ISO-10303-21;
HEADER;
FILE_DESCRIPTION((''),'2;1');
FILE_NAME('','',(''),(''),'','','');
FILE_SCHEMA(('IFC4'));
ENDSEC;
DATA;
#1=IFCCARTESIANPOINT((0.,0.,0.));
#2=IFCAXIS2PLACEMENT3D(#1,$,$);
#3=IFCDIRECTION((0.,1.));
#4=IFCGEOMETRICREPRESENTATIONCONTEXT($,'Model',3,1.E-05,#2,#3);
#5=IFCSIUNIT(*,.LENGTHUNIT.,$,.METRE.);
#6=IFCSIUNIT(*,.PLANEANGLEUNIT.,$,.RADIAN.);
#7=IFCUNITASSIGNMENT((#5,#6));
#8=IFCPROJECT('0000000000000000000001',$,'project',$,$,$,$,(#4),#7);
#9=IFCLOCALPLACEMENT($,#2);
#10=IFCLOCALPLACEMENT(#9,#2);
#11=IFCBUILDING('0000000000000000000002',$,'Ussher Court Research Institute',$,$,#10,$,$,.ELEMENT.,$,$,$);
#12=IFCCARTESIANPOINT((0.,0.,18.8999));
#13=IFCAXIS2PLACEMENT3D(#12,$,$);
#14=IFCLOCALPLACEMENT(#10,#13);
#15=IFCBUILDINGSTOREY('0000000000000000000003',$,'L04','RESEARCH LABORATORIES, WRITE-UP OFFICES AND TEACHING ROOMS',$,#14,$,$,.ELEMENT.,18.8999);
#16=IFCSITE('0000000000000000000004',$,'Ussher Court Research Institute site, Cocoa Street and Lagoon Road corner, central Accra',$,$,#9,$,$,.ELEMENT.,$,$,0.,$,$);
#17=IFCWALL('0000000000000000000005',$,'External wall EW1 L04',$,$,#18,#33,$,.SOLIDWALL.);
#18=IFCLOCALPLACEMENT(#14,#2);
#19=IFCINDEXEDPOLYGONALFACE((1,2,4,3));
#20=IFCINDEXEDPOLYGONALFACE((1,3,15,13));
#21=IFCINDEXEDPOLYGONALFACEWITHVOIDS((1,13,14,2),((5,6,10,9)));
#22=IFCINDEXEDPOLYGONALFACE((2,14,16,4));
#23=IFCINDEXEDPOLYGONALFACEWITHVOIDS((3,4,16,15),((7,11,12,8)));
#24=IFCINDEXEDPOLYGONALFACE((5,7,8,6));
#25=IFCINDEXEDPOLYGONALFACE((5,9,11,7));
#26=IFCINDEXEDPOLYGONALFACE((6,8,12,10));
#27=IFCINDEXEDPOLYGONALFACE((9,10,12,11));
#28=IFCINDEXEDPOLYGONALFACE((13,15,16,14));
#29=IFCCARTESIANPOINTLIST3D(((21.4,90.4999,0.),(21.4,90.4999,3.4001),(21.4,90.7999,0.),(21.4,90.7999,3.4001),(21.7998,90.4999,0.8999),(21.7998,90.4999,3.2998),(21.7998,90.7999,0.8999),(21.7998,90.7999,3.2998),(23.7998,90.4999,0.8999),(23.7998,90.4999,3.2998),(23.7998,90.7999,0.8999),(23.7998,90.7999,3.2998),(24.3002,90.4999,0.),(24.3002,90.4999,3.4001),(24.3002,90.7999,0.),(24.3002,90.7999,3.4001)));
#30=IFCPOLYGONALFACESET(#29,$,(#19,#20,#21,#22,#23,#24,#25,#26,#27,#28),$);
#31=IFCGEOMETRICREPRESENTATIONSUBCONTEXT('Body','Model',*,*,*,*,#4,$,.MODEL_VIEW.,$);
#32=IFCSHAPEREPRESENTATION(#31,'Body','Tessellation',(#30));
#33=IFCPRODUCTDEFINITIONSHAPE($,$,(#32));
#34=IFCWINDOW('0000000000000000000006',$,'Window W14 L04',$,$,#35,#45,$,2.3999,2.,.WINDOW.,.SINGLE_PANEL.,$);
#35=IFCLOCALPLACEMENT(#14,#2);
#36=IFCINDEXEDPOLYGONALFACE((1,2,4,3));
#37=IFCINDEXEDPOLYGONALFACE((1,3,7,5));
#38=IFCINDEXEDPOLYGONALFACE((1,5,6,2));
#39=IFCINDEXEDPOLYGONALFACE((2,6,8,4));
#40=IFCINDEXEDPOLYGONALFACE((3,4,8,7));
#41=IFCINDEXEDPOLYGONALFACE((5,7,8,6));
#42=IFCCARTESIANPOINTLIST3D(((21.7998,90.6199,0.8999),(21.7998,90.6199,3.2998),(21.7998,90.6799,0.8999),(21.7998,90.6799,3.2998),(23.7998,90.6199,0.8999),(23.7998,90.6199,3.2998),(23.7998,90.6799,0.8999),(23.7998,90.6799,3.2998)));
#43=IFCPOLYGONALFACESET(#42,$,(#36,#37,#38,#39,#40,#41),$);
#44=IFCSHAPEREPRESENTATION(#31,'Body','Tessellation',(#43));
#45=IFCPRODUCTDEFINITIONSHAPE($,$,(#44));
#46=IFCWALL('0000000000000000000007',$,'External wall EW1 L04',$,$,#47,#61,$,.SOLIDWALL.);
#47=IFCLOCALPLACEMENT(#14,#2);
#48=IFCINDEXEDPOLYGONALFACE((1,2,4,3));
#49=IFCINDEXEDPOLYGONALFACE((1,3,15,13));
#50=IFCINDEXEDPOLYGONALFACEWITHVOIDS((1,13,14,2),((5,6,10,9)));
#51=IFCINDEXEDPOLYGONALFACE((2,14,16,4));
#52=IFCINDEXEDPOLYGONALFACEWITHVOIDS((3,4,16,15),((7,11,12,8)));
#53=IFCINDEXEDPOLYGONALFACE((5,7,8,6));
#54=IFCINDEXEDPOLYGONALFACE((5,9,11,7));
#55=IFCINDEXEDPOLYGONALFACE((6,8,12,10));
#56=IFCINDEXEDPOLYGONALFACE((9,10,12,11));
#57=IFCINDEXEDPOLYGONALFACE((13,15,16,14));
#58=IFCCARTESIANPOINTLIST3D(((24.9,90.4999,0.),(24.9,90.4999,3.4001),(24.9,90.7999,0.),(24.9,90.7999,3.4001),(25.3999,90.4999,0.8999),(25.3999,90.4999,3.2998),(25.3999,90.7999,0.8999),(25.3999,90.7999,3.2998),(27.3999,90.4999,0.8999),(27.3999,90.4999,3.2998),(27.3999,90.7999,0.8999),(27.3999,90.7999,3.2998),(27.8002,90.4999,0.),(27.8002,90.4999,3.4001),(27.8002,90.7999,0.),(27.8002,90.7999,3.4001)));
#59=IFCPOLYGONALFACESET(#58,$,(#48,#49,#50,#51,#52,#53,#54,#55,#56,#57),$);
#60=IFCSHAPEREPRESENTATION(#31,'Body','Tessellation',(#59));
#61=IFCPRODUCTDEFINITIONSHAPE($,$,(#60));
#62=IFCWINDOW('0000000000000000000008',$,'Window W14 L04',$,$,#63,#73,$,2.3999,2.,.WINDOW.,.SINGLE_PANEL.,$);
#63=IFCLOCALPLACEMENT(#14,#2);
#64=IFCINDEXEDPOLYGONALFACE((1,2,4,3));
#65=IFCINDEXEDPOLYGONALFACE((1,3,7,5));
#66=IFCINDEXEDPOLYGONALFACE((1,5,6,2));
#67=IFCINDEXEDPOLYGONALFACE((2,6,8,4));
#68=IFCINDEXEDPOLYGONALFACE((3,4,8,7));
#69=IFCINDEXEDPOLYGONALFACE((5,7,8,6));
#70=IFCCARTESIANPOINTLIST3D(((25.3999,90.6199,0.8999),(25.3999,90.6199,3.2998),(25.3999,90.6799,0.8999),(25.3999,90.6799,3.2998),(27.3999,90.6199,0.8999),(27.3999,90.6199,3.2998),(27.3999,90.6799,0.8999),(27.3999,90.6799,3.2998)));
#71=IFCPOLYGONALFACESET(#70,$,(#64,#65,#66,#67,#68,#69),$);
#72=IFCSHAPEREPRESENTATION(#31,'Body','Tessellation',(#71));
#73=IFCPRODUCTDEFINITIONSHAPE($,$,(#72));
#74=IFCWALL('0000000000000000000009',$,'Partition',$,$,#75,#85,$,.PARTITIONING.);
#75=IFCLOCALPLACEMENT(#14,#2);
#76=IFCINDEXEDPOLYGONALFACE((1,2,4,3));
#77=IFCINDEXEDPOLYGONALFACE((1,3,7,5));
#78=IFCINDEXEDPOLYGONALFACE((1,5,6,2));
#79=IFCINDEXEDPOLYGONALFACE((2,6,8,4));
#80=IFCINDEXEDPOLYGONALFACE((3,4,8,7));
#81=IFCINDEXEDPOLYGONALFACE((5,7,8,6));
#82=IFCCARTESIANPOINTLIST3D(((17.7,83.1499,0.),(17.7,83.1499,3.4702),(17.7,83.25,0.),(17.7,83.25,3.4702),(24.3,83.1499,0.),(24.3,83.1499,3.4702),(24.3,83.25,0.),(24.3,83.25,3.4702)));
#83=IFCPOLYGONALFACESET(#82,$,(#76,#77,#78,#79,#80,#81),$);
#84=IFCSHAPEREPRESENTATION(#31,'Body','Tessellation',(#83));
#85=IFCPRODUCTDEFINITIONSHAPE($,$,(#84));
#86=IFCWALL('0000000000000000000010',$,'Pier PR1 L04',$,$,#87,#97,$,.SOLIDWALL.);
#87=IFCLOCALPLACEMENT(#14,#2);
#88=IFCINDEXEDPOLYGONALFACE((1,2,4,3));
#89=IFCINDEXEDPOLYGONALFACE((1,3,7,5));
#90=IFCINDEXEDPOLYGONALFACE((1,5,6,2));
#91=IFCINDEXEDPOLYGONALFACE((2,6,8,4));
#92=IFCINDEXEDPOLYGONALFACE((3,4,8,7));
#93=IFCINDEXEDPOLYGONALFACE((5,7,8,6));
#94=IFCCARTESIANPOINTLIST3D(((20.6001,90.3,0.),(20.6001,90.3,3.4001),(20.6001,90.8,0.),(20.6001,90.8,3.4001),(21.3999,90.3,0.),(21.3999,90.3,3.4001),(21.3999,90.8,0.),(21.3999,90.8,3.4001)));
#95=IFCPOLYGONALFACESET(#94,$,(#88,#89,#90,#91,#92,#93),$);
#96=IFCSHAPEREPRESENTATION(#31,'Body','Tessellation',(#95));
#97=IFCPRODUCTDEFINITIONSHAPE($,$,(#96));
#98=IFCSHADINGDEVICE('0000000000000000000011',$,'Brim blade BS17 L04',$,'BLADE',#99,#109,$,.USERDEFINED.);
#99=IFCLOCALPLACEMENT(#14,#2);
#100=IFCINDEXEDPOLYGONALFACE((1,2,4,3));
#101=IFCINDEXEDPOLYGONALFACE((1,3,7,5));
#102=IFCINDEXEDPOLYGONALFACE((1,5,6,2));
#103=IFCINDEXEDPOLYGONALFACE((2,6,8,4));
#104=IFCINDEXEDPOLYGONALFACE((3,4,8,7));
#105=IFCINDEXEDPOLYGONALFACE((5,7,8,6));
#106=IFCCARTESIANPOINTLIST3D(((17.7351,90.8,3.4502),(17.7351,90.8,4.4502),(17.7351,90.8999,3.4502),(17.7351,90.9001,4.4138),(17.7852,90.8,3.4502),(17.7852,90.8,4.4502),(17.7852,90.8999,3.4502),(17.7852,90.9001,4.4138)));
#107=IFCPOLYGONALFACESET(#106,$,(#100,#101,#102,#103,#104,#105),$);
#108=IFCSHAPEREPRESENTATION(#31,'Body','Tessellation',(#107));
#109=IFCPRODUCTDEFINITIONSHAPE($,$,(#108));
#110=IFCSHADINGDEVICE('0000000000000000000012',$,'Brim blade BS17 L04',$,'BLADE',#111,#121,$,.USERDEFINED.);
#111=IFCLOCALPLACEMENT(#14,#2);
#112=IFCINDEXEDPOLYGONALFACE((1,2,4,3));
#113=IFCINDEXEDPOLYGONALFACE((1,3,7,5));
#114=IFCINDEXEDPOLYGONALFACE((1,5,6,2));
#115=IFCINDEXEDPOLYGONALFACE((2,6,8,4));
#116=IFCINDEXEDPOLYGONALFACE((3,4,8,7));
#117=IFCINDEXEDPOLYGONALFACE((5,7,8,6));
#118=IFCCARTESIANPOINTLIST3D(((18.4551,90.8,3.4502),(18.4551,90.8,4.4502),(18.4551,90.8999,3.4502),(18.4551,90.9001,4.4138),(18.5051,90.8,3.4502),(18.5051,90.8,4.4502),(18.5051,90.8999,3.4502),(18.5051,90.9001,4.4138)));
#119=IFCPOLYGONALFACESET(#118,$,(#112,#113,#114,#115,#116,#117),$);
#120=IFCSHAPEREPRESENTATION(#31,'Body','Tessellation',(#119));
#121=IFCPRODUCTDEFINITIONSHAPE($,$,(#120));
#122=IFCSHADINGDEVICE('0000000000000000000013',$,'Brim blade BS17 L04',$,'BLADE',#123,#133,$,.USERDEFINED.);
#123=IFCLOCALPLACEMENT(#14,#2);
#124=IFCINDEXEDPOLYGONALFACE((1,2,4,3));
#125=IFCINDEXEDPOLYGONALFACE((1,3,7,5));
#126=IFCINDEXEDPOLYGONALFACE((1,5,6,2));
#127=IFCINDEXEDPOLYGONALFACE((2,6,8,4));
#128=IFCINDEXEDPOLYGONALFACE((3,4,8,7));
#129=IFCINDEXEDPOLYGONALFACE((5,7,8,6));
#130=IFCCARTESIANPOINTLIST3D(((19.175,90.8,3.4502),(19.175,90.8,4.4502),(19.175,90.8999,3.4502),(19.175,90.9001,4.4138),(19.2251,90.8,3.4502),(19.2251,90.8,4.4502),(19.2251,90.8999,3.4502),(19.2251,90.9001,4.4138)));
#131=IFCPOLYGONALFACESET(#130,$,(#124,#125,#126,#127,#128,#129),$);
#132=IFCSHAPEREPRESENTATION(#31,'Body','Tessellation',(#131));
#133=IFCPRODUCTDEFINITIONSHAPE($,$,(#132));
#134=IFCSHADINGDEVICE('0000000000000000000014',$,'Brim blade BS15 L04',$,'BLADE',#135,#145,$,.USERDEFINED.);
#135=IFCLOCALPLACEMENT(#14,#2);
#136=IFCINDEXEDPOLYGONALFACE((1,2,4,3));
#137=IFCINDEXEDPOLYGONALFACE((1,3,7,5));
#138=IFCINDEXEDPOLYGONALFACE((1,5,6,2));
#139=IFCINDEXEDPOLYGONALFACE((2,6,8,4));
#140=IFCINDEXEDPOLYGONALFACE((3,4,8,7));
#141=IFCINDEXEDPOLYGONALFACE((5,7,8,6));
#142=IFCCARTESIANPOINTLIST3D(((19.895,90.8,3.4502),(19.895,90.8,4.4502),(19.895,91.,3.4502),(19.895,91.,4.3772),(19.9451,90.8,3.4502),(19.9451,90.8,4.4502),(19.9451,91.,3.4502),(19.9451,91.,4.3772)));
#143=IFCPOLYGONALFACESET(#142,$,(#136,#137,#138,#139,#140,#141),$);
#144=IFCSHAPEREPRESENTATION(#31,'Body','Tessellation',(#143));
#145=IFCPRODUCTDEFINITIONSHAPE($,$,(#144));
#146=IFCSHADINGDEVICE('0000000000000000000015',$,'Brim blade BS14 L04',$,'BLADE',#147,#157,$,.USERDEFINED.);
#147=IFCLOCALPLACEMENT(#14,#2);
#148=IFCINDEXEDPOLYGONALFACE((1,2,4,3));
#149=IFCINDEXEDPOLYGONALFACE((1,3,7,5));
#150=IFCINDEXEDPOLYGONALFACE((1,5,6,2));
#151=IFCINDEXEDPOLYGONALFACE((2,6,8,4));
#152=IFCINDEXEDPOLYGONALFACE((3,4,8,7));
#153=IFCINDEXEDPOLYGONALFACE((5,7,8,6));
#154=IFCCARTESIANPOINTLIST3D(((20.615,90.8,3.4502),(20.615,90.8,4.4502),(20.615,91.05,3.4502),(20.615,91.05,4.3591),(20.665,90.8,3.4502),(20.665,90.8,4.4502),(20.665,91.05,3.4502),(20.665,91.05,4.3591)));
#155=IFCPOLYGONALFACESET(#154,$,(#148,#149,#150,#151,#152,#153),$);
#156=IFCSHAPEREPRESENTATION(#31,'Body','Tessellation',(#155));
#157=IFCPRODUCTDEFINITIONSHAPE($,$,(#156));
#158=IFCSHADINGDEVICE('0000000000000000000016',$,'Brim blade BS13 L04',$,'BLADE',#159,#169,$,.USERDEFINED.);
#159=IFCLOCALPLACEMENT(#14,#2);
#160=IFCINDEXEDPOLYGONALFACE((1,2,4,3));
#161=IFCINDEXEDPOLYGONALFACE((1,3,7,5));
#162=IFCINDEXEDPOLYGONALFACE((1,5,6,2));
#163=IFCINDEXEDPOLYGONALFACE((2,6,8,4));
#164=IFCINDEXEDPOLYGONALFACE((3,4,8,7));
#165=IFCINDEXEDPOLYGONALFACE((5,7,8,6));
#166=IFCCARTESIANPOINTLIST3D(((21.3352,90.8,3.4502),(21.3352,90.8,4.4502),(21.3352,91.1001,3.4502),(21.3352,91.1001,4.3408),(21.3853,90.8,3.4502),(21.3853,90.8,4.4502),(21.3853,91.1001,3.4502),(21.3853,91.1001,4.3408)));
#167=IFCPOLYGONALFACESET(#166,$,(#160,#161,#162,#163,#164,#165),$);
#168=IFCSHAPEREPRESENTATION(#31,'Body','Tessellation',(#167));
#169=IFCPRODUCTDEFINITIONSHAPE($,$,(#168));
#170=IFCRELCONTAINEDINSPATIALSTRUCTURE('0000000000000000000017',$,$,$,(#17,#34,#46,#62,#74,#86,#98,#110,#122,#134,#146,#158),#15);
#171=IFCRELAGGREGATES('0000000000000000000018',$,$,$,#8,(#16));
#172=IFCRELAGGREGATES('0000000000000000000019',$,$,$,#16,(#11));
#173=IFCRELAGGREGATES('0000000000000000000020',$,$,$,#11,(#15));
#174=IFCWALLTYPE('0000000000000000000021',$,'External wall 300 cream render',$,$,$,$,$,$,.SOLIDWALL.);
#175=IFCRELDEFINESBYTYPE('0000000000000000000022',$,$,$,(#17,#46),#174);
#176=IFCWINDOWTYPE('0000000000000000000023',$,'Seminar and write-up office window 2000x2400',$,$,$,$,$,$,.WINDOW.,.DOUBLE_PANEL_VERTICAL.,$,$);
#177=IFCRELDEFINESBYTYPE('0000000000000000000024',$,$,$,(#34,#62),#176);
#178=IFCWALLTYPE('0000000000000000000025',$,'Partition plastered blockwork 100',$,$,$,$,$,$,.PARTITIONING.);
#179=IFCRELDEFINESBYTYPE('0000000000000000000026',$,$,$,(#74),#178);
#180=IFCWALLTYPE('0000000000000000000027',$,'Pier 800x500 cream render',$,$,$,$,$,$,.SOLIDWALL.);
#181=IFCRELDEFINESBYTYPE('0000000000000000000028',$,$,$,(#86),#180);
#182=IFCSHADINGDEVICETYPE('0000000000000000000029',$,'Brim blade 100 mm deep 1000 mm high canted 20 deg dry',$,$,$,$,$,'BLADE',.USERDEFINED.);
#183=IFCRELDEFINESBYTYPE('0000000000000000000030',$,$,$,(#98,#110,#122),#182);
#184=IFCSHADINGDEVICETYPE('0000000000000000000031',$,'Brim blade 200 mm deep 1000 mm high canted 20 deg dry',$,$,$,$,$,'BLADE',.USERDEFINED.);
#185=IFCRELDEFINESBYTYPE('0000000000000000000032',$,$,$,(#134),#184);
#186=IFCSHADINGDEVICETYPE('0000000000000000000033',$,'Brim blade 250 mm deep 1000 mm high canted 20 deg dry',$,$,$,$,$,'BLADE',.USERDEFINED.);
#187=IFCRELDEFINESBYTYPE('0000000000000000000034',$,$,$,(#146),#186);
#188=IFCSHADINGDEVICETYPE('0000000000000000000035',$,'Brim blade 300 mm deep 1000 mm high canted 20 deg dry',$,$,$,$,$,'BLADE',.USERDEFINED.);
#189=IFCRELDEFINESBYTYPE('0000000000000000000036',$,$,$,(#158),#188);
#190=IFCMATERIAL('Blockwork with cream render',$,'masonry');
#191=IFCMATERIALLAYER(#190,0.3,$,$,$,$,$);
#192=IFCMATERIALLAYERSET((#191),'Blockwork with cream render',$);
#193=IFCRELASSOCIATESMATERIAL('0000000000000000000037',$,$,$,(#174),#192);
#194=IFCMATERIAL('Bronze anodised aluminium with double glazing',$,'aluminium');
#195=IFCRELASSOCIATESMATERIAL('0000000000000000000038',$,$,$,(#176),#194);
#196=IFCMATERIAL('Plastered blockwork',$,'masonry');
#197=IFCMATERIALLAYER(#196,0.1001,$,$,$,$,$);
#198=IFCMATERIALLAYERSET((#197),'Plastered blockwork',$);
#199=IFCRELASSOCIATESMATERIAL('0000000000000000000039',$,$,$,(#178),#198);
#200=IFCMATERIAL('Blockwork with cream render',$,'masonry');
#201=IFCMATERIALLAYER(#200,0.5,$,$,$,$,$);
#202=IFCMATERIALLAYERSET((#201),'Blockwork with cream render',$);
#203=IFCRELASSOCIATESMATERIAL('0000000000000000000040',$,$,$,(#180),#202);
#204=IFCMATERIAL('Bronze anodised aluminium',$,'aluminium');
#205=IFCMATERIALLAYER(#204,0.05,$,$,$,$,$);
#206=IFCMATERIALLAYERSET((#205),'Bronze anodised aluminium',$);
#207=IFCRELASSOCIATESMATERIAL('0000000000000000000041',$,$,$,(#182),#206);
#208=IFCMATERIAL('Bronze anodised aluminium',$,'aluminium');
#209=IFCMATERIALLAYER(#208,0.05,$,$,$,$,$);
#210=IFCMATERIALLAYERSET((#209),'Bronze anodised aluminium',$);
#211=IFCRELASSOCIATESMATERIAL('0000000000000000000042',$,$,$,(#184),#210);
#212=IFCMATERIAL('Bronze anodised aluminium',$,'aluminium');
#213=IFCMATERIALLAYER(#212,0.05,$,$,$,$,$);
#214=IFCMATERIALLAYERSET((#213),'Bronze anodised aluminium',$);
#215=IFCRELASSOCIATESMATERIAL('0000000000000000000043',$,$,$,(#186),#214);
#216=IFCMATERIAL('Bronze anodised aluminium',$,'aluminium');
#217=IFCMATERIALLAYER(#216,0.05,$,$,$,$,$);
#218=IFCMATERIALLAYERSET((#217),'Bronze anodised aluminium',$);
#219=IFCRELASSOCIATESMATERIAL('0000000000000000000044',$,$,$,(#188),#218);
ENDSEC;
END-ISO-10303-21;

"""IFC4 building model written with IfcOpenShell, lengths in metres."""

from ifc_helpers import new_model, si_unit, direction, frame, frame_2d, origin, place, context, subcontext, project, spatial, polyline, rectangle, outline, extrude, material, layer, layer_set, type_object, element, fill, save


model = new_model("IFC4")

# Units and contexts
model_context = context("Model", 3, precision=1e-05, world=origin(), true_north=direction((0.0, 1.0)))
body_context = subcontext(model_context, "Body", "Model", "MODEL_VIEW")
ifc_project = project(units=[si_unit("LENGTHUNIT", "METRE"), si_unit("PLANEANGLEUNIT", "RADIAN")], contexts=[model_context])

# Site, building, storey
site_placement = place(None, origin())
site = spatial("IfcSite", under=ifc_project, at=site_placement, Name="Ussher Court Research Institute site, Cocoa Street and Lagoon Road corner, central Accra", CompositionType="ELEMENT", RefElevation=0.0)
building_placement = place(site_placement, origin())
building = spatial("IfcBuilding", under=site, at=building_placement, Name="Ussher Court Research Institute", CompositionType="ELEMENT")
storey_placement = place(building_placement, frame((0.0, 0.0, 18.8999)))
storey = spatial("IfcBuildingStorey", under=building, at=storey_placement, Name="L04", Description="RESEARCH LABORATORIES, WRITE-UP OFFICES AND TEACHING ROOMS", CompositionType="ELEMENT", Elevation=18.8999)

# Walls, openings, windows
ifc_material_1 = material(Name="Blockwork with cream render", Category="masonry")
ifc_layer_1 = layer(ifc_material_1, 0.3)
ifc_layer_set_1 = layer_set([ifc_layer_1], Name="Blockwork with cream render")
wall_type_1 = type_object("IfcWallType", Name="External wall 300 cream render", PredefinedType="SOLIDWALL", material=ifc_layer_set_1)
ifc_material_2 = material(Name="Bronze anodised aluminium with double glazing", Category="aluminium")
window_type = type_object("IfcWindowType", Name="Seminar and write-up office window 2000x2400", PartitioningType="DOUBLE_PANEL_VERTICAL", PredefinedType="WINDOW", material=ifc_material_2)
wall_1_placement = place(storey_placement, frame((21.3999, 90.6499, 0.0), z_axis=(0.0, 0.0, 1.0), x_axis=(1.0, 0.0, 0.0)))
wall_1 = element("IfcWall", 1, at=wall_1_placement, inside=storey, type_object=wall_type_1, Name="External wall EW1 L04", PredefinedType="SOLIDWALL", context=body_context, shape_type="SweptSolid", body=[
    extrude(rectangle(XDim=2.9001, YDim=0.3, at=frame_2d((1.4502, 0.0))), origin(), (0.0, 0.0, 1.0), 3.4001),
])
opening_1_placement = place(wall_1_placement, frame((0.3999, 0.0, 0.8999)))
opening_1 = element("IfcOpeningElement", 2, at=opening_1_placement, cuts=wall_1, PredefinedType="OPENING", context=body_context, shape_type="SweptSolid", body=[
    extrude(rectangle(XDim=2.0, YDim=2.3999, at=frame_2d((1.0, 1.2))), frame((0.0, 0.1602, 0.0), z_axis=(0.0, -1.0, 0.0), x_axis=(1.0, 0.0, 0.0)), (0.0, 0.0, 1.0), 0.3201),
])
window_1_placement = place(opening_1_placement, origin())
window_1 = element("IfcWindow", 3, at=window_1_placement, inside=storey, type_object=window_type, Name="Window W14 L04", OverallHeight=2.3999, OverallWidth=2.0, PartitioningType="SINGLE_PANEL", PredefinedType="WINDOW", context=body_context, shape_type="SweptSolid", body=[
    extrude(rectangle(XDim=2.0, YDim=2.3999, at=frame_2d((1.0, 1.2))), frame((0.0, 0.03, 0.0), z_axis=(0.0, -1.0, 0.0), x_axis=(1.0, 0.0, 0.0)), (0.0, 0.0, 1.0), 0.0601),
])
fill(opening_1, window_1)
wall_2_placement = place(storey_placement, frame((24.8999, 90.6499, 0.0), z_axis=(0.0, 0.0, 1.0), x_axis=(1.0, 0.0, 0.0)))
wall_2 = element("IfcWall", 4, at=wall_2_placement, inside=storey, type_object=wall_type_1, Name="External wall EW1 L04", PredefinedType="SOLIDWALL", context=body_context, shape_type="SweptSolid", body=[
    extrude(rectangle(XDim=2.9001, YDim=0.3, at=frame_2d((1.4502, 0.0))), origin(), (0.0, 0.0, 1.0), 3.4001),
])
opening_2_placement = place(wall_2_placement, frame((0.5, 0.0, 0.8999)))
opening_2 = element("IfcOpeningElement", 5, at=opening_2_placement, cuts=wall_2, PredefinedType="OPENING", context=body_context, shape_type="SweptSolid", body=[
    extrude(rectangle(XDim=2.0, YDim=2.3999, at=frame_2d((1.0, 1.2))), frame((0.0, 0.1602, 0.0), z_axis=(0.0, -1.0, 0.0), x_axis=(1.0, 0.0, 0.0)), (0.0, 0.0, 1.0), 0.3201),
])
window_2_placement = place(opening_2_placement, origin())
window_2 = element("IfcWindow", 6, at=window_2_placement, inside=storey, type_object=window_type, Name="Window W14 L04", OverallHeight=2.3999, OverallWidth=2.0, PartitioningType="SINGLE_PANEL", PredefinedType="WINDOW", context=body_context, shape_type="SweptSolid", body=[
    extrude(rectangle(XDim=2.0, YDim=2.3999, at=frame_2d((1.0, 1.2))), frame((0.0, 0.03, 0.0), z_axis=(0.0, -1.0, 0.0), x_axis=(1.0, 0.0, 0.0)), (0.0, 0.0, 1.0), 0.0601),
])
fill(opening_2, window_2)

# Walls
ifc_material_3 = material(Name="Plastered blockwork", Category="masonry")
ifc_layer_2 = layer(ifc_material_3, 0.1001)
ifc_layer_set_2 = layer_set([ifc_layer_2], Name="Plastered blockwork")
wall_type_2 = type_object("IfcWallType", Name="Partition plastered blockwork 100", PredefinedType="PARTITIONING", material=ifc_layer_set_2)
wall_3_placement = place(storey_placement, frame((17.7, 83.2, 0.0), z_axis=(0.0, 0.0, 1.0), x_axis=(1.0, 0.0, 0.0)))
element("IfcWall", 7, at=wall_3_placement, inside=storey, type_object=wall_type_2, Name="Partition", PredefinedType="PARTITIONING", context=body_context, shape_type="SweptSolid", body=[
    extrude(rectangle(XDim=6.6001, YDim=0.1001, at=frame_2d((3.3, 0.0))), origin(), (0.0, 0.0, 1.0), 3.4702),
])
ifc_material_4 = material(Name="Blockwork with cream render", Category="masonry")
ifc_layer_3 = layer(ifc_material_4, 0.5)
ifc_layer_set_3 = layer_set([ifc_layer_3], Name="Blockwork with cream render")
wall_type_3 = type_object("IfcWallType", Name="Pier 800x500 cream render", PredefinedType="SOLIDWALL", material=ifc_layer_set_3)
wall_4_placement = place(storey_placement, frame((20.6001, 90.55, 0.0), z_axis=(0.0, 0.0, 1.0), x_axis=(1.0, 0.0, 0.0)))
element("IfcWall", 8, at=wall_4_placement, inside=storey, type_object=wall_type_3, Name="Pier PR1 L04", PredefinedType="SOLIDWALL", context=body_context, shape_type="SweptSolid", body=[
    extrude(rectangle(XDim=0.7998, YDim=0.5, at=frame_2d((0.3999, 0.0))), origin(), (0.0, 0.0, 1.0), 3.4001),
])

# Shading devices
ifc_material_5 = material(Name="Bronze anodised aluminium", Category="aluminium")
ifc_layer_4 = layer(ifc_material_5, 0.05)
ifc_layer_set_4 = layer_set([ifc_layer_4], Name="Bronze anodised aluminium")
shading_device_type_1 = type_object("IfcShadingDeviceType", Name="Brim blade 100 mm deep 1000 mm high canted 20 deg dry", ElementType="BLADE", PredefinedType="USERDEFINED", material=ifc_layer_set_4)
for number, where, z_axis, x_axis, name in (
    (9, (17.76, 90.8, 3.4502), (0.0, 0.0, 1.0), (0.0, 1.0, 0.0), "Brim blade BS17 L04"),
    (10, (18.48, 90.8, 3.4502), (0.0, 0.0, 1.0), (0.0, 1.0, 0.0), "Brim blade BS17 L04"),
    (11, (19.2, 90.8, 3.4502), (0.0, 0.0, 1.0), (0.0, 1.0, 0.0), "Brim blade BS17 L04"),
):
    element("IfcShadingDevice", number, at=place(storey_placement, frame(where, z_axis=z_axis, x_axis=x_axis)), inside=storey, type_object=shading_device_type_1, Name=name, ObjectType="BLADE", PredefinedType="USERDEFINED", context=body_context, shape_type="SweptSolid", body=[
        extrude(outline(polyline([(0.0, 0.0), (0.0999, 0.0), (0.1001, 0.9636), (0.0, 1.0), (0.0, 0.0)])), frame((0.0, 0.0249, 0.0), z_axis=(0.0, -1.0, 0.0), x_axis=(1.0, 0.0, 0.0)), (0.0, 0.0, 1.0), 0.05),
    ])
ifc_material_6 = material(Name="Bronze anodised aluminium", Category="aluminium")
ifc_layer_5 = layer(ifc_material_6, 0.05)
ifc_layer_set_5 = layer_set([ifc_layer_5], Name="Bronze anodised aluminium")
shading_device_type_2 = type_object("IfcShadingDeviceType", Name="Brim blade 200 mm deep 1000 mm high canted 20 deg dry", ElementType="BLADE", PredefinedType="USERDEFINED", material=ifc_layer_set_5)
shading_device_1_placement = place(storey_placement, frame((19.9199, 90.8, 3.4502), z_axis=(0.0, 0.0, 1.0), x_axis=(0.0, 1.0, 0.0)))
element("IfcShadingDevice", 12, at=shading_device_1_placement, inside=storey, type_object=shading_device_type_2, Name="Brim blade BS15 L04", ObjectType="BLADE", PredefinedType="USERDEFINED", context=body_context, shape_type="SweptSolid", body=[
    extrude(outline(polyline([(0.0, 0.0), (0.2, 0.0), (0.2, 0.927), (0.0, 1.0), (0.0, 0.0)])), frame((0.0, 0.0249, 0.0), z_axis=(0.0, -1.0, 0.0), x_axis=(1.0, 0.0, 0.0)), (0.0, 0.0, 1.0), 0.05),
])
ifc_material_7 = material(Name="Bronze anodised aluminium", Category="aluminium")
ifc_layer_6 = layer(ifc_material_7, 0.05)
ifc_layer_set_6 = layer_set([ifc_layer_6], Name="Bronze anodised aluminium")
shading_device_type_3 = type_object("IfcShadingDeviceType", Name="Brim blade 250 mm deep 1000 mm high canted 20 deg dry", ElementType="BLADE", PredefinedType="USERDEFINED", material=ifc_layer_set_6)
shading_device_2_placement = place(storey_placement, frame((20.6399, 90.8, 3.4502), z_axis=(0.0, 0.0, 1.0), x_axis=(0.0, 1.0, 0.0)))
element("IfcShadingDevice", 13, at=shading_device_2_placement, inside=storey, type_object=shading_device_type_3, Name="Brim blade BS14 L04", ObjectType="BLADE", PredefinedType="USERDEFINED", context=body_context, shape_type="SweptSolid", body=[
    extrude(outline(polyline([(0.0, 0.0), (0.25, 0.0), (0.25, 0.9089), (0.0, 1.0), (0.0, 0.0)])), frame((0.0, 0.0249, 0.0), z_axis=(0.0, -1.0, 0.0), x_axis=(1.0, 0.0, 0.0)), (0.0, 0.0, 1.0), 0.05),
])
ifc_material_8 = material(Name="Bronze anodised aluminium", Category="aluminium")
ifc_layer_7 = layer(ifc_material_8, 0.05)
ifc_layer_set_7 = layer_set([ifc_layer_7], Name="Bronze anodised aluminium")
shading_device_type_4 = type_object("IfcShadingDeviceType", Name="Brim blade 300 mm deep 1000 mm high canted 20 deg dry", ElementType="BLADE", PredefinedType="USERDEFINED", material=ifc_layer_set_7)
shading_device_3_placement = place(storey_placement, frame((21.3601, 90.8, 3.4502), z_axis=(0.0, 0.0, 1.0), x_axis=(0.0, 1.0, 0.0)))
element("IfcShadingDevice", 14, at=shading_device_3_placement, inside=storey, type_object=shading_device_type_4, Name="Brim blade BS13 L04", ObjectType="BLADE", PredefinedType="USERDEFINED", context=body_context, shape_type="SweptSolid", body=[
    extrude(outline(polyline([(0.0, 0.0), (0.3, 0.0), (0.3, 0.8906), (0.0, 1.0), (0.0, 0.0)])), frame((0.0, 0.0249, 0.0), z_axis=(0.0, -1.0, 0.0), x_axis=(1.0, 0.0, 0.0)), (0.0, 0.0, 1.0), 0.05),
])

save(model, "model.ifc")
